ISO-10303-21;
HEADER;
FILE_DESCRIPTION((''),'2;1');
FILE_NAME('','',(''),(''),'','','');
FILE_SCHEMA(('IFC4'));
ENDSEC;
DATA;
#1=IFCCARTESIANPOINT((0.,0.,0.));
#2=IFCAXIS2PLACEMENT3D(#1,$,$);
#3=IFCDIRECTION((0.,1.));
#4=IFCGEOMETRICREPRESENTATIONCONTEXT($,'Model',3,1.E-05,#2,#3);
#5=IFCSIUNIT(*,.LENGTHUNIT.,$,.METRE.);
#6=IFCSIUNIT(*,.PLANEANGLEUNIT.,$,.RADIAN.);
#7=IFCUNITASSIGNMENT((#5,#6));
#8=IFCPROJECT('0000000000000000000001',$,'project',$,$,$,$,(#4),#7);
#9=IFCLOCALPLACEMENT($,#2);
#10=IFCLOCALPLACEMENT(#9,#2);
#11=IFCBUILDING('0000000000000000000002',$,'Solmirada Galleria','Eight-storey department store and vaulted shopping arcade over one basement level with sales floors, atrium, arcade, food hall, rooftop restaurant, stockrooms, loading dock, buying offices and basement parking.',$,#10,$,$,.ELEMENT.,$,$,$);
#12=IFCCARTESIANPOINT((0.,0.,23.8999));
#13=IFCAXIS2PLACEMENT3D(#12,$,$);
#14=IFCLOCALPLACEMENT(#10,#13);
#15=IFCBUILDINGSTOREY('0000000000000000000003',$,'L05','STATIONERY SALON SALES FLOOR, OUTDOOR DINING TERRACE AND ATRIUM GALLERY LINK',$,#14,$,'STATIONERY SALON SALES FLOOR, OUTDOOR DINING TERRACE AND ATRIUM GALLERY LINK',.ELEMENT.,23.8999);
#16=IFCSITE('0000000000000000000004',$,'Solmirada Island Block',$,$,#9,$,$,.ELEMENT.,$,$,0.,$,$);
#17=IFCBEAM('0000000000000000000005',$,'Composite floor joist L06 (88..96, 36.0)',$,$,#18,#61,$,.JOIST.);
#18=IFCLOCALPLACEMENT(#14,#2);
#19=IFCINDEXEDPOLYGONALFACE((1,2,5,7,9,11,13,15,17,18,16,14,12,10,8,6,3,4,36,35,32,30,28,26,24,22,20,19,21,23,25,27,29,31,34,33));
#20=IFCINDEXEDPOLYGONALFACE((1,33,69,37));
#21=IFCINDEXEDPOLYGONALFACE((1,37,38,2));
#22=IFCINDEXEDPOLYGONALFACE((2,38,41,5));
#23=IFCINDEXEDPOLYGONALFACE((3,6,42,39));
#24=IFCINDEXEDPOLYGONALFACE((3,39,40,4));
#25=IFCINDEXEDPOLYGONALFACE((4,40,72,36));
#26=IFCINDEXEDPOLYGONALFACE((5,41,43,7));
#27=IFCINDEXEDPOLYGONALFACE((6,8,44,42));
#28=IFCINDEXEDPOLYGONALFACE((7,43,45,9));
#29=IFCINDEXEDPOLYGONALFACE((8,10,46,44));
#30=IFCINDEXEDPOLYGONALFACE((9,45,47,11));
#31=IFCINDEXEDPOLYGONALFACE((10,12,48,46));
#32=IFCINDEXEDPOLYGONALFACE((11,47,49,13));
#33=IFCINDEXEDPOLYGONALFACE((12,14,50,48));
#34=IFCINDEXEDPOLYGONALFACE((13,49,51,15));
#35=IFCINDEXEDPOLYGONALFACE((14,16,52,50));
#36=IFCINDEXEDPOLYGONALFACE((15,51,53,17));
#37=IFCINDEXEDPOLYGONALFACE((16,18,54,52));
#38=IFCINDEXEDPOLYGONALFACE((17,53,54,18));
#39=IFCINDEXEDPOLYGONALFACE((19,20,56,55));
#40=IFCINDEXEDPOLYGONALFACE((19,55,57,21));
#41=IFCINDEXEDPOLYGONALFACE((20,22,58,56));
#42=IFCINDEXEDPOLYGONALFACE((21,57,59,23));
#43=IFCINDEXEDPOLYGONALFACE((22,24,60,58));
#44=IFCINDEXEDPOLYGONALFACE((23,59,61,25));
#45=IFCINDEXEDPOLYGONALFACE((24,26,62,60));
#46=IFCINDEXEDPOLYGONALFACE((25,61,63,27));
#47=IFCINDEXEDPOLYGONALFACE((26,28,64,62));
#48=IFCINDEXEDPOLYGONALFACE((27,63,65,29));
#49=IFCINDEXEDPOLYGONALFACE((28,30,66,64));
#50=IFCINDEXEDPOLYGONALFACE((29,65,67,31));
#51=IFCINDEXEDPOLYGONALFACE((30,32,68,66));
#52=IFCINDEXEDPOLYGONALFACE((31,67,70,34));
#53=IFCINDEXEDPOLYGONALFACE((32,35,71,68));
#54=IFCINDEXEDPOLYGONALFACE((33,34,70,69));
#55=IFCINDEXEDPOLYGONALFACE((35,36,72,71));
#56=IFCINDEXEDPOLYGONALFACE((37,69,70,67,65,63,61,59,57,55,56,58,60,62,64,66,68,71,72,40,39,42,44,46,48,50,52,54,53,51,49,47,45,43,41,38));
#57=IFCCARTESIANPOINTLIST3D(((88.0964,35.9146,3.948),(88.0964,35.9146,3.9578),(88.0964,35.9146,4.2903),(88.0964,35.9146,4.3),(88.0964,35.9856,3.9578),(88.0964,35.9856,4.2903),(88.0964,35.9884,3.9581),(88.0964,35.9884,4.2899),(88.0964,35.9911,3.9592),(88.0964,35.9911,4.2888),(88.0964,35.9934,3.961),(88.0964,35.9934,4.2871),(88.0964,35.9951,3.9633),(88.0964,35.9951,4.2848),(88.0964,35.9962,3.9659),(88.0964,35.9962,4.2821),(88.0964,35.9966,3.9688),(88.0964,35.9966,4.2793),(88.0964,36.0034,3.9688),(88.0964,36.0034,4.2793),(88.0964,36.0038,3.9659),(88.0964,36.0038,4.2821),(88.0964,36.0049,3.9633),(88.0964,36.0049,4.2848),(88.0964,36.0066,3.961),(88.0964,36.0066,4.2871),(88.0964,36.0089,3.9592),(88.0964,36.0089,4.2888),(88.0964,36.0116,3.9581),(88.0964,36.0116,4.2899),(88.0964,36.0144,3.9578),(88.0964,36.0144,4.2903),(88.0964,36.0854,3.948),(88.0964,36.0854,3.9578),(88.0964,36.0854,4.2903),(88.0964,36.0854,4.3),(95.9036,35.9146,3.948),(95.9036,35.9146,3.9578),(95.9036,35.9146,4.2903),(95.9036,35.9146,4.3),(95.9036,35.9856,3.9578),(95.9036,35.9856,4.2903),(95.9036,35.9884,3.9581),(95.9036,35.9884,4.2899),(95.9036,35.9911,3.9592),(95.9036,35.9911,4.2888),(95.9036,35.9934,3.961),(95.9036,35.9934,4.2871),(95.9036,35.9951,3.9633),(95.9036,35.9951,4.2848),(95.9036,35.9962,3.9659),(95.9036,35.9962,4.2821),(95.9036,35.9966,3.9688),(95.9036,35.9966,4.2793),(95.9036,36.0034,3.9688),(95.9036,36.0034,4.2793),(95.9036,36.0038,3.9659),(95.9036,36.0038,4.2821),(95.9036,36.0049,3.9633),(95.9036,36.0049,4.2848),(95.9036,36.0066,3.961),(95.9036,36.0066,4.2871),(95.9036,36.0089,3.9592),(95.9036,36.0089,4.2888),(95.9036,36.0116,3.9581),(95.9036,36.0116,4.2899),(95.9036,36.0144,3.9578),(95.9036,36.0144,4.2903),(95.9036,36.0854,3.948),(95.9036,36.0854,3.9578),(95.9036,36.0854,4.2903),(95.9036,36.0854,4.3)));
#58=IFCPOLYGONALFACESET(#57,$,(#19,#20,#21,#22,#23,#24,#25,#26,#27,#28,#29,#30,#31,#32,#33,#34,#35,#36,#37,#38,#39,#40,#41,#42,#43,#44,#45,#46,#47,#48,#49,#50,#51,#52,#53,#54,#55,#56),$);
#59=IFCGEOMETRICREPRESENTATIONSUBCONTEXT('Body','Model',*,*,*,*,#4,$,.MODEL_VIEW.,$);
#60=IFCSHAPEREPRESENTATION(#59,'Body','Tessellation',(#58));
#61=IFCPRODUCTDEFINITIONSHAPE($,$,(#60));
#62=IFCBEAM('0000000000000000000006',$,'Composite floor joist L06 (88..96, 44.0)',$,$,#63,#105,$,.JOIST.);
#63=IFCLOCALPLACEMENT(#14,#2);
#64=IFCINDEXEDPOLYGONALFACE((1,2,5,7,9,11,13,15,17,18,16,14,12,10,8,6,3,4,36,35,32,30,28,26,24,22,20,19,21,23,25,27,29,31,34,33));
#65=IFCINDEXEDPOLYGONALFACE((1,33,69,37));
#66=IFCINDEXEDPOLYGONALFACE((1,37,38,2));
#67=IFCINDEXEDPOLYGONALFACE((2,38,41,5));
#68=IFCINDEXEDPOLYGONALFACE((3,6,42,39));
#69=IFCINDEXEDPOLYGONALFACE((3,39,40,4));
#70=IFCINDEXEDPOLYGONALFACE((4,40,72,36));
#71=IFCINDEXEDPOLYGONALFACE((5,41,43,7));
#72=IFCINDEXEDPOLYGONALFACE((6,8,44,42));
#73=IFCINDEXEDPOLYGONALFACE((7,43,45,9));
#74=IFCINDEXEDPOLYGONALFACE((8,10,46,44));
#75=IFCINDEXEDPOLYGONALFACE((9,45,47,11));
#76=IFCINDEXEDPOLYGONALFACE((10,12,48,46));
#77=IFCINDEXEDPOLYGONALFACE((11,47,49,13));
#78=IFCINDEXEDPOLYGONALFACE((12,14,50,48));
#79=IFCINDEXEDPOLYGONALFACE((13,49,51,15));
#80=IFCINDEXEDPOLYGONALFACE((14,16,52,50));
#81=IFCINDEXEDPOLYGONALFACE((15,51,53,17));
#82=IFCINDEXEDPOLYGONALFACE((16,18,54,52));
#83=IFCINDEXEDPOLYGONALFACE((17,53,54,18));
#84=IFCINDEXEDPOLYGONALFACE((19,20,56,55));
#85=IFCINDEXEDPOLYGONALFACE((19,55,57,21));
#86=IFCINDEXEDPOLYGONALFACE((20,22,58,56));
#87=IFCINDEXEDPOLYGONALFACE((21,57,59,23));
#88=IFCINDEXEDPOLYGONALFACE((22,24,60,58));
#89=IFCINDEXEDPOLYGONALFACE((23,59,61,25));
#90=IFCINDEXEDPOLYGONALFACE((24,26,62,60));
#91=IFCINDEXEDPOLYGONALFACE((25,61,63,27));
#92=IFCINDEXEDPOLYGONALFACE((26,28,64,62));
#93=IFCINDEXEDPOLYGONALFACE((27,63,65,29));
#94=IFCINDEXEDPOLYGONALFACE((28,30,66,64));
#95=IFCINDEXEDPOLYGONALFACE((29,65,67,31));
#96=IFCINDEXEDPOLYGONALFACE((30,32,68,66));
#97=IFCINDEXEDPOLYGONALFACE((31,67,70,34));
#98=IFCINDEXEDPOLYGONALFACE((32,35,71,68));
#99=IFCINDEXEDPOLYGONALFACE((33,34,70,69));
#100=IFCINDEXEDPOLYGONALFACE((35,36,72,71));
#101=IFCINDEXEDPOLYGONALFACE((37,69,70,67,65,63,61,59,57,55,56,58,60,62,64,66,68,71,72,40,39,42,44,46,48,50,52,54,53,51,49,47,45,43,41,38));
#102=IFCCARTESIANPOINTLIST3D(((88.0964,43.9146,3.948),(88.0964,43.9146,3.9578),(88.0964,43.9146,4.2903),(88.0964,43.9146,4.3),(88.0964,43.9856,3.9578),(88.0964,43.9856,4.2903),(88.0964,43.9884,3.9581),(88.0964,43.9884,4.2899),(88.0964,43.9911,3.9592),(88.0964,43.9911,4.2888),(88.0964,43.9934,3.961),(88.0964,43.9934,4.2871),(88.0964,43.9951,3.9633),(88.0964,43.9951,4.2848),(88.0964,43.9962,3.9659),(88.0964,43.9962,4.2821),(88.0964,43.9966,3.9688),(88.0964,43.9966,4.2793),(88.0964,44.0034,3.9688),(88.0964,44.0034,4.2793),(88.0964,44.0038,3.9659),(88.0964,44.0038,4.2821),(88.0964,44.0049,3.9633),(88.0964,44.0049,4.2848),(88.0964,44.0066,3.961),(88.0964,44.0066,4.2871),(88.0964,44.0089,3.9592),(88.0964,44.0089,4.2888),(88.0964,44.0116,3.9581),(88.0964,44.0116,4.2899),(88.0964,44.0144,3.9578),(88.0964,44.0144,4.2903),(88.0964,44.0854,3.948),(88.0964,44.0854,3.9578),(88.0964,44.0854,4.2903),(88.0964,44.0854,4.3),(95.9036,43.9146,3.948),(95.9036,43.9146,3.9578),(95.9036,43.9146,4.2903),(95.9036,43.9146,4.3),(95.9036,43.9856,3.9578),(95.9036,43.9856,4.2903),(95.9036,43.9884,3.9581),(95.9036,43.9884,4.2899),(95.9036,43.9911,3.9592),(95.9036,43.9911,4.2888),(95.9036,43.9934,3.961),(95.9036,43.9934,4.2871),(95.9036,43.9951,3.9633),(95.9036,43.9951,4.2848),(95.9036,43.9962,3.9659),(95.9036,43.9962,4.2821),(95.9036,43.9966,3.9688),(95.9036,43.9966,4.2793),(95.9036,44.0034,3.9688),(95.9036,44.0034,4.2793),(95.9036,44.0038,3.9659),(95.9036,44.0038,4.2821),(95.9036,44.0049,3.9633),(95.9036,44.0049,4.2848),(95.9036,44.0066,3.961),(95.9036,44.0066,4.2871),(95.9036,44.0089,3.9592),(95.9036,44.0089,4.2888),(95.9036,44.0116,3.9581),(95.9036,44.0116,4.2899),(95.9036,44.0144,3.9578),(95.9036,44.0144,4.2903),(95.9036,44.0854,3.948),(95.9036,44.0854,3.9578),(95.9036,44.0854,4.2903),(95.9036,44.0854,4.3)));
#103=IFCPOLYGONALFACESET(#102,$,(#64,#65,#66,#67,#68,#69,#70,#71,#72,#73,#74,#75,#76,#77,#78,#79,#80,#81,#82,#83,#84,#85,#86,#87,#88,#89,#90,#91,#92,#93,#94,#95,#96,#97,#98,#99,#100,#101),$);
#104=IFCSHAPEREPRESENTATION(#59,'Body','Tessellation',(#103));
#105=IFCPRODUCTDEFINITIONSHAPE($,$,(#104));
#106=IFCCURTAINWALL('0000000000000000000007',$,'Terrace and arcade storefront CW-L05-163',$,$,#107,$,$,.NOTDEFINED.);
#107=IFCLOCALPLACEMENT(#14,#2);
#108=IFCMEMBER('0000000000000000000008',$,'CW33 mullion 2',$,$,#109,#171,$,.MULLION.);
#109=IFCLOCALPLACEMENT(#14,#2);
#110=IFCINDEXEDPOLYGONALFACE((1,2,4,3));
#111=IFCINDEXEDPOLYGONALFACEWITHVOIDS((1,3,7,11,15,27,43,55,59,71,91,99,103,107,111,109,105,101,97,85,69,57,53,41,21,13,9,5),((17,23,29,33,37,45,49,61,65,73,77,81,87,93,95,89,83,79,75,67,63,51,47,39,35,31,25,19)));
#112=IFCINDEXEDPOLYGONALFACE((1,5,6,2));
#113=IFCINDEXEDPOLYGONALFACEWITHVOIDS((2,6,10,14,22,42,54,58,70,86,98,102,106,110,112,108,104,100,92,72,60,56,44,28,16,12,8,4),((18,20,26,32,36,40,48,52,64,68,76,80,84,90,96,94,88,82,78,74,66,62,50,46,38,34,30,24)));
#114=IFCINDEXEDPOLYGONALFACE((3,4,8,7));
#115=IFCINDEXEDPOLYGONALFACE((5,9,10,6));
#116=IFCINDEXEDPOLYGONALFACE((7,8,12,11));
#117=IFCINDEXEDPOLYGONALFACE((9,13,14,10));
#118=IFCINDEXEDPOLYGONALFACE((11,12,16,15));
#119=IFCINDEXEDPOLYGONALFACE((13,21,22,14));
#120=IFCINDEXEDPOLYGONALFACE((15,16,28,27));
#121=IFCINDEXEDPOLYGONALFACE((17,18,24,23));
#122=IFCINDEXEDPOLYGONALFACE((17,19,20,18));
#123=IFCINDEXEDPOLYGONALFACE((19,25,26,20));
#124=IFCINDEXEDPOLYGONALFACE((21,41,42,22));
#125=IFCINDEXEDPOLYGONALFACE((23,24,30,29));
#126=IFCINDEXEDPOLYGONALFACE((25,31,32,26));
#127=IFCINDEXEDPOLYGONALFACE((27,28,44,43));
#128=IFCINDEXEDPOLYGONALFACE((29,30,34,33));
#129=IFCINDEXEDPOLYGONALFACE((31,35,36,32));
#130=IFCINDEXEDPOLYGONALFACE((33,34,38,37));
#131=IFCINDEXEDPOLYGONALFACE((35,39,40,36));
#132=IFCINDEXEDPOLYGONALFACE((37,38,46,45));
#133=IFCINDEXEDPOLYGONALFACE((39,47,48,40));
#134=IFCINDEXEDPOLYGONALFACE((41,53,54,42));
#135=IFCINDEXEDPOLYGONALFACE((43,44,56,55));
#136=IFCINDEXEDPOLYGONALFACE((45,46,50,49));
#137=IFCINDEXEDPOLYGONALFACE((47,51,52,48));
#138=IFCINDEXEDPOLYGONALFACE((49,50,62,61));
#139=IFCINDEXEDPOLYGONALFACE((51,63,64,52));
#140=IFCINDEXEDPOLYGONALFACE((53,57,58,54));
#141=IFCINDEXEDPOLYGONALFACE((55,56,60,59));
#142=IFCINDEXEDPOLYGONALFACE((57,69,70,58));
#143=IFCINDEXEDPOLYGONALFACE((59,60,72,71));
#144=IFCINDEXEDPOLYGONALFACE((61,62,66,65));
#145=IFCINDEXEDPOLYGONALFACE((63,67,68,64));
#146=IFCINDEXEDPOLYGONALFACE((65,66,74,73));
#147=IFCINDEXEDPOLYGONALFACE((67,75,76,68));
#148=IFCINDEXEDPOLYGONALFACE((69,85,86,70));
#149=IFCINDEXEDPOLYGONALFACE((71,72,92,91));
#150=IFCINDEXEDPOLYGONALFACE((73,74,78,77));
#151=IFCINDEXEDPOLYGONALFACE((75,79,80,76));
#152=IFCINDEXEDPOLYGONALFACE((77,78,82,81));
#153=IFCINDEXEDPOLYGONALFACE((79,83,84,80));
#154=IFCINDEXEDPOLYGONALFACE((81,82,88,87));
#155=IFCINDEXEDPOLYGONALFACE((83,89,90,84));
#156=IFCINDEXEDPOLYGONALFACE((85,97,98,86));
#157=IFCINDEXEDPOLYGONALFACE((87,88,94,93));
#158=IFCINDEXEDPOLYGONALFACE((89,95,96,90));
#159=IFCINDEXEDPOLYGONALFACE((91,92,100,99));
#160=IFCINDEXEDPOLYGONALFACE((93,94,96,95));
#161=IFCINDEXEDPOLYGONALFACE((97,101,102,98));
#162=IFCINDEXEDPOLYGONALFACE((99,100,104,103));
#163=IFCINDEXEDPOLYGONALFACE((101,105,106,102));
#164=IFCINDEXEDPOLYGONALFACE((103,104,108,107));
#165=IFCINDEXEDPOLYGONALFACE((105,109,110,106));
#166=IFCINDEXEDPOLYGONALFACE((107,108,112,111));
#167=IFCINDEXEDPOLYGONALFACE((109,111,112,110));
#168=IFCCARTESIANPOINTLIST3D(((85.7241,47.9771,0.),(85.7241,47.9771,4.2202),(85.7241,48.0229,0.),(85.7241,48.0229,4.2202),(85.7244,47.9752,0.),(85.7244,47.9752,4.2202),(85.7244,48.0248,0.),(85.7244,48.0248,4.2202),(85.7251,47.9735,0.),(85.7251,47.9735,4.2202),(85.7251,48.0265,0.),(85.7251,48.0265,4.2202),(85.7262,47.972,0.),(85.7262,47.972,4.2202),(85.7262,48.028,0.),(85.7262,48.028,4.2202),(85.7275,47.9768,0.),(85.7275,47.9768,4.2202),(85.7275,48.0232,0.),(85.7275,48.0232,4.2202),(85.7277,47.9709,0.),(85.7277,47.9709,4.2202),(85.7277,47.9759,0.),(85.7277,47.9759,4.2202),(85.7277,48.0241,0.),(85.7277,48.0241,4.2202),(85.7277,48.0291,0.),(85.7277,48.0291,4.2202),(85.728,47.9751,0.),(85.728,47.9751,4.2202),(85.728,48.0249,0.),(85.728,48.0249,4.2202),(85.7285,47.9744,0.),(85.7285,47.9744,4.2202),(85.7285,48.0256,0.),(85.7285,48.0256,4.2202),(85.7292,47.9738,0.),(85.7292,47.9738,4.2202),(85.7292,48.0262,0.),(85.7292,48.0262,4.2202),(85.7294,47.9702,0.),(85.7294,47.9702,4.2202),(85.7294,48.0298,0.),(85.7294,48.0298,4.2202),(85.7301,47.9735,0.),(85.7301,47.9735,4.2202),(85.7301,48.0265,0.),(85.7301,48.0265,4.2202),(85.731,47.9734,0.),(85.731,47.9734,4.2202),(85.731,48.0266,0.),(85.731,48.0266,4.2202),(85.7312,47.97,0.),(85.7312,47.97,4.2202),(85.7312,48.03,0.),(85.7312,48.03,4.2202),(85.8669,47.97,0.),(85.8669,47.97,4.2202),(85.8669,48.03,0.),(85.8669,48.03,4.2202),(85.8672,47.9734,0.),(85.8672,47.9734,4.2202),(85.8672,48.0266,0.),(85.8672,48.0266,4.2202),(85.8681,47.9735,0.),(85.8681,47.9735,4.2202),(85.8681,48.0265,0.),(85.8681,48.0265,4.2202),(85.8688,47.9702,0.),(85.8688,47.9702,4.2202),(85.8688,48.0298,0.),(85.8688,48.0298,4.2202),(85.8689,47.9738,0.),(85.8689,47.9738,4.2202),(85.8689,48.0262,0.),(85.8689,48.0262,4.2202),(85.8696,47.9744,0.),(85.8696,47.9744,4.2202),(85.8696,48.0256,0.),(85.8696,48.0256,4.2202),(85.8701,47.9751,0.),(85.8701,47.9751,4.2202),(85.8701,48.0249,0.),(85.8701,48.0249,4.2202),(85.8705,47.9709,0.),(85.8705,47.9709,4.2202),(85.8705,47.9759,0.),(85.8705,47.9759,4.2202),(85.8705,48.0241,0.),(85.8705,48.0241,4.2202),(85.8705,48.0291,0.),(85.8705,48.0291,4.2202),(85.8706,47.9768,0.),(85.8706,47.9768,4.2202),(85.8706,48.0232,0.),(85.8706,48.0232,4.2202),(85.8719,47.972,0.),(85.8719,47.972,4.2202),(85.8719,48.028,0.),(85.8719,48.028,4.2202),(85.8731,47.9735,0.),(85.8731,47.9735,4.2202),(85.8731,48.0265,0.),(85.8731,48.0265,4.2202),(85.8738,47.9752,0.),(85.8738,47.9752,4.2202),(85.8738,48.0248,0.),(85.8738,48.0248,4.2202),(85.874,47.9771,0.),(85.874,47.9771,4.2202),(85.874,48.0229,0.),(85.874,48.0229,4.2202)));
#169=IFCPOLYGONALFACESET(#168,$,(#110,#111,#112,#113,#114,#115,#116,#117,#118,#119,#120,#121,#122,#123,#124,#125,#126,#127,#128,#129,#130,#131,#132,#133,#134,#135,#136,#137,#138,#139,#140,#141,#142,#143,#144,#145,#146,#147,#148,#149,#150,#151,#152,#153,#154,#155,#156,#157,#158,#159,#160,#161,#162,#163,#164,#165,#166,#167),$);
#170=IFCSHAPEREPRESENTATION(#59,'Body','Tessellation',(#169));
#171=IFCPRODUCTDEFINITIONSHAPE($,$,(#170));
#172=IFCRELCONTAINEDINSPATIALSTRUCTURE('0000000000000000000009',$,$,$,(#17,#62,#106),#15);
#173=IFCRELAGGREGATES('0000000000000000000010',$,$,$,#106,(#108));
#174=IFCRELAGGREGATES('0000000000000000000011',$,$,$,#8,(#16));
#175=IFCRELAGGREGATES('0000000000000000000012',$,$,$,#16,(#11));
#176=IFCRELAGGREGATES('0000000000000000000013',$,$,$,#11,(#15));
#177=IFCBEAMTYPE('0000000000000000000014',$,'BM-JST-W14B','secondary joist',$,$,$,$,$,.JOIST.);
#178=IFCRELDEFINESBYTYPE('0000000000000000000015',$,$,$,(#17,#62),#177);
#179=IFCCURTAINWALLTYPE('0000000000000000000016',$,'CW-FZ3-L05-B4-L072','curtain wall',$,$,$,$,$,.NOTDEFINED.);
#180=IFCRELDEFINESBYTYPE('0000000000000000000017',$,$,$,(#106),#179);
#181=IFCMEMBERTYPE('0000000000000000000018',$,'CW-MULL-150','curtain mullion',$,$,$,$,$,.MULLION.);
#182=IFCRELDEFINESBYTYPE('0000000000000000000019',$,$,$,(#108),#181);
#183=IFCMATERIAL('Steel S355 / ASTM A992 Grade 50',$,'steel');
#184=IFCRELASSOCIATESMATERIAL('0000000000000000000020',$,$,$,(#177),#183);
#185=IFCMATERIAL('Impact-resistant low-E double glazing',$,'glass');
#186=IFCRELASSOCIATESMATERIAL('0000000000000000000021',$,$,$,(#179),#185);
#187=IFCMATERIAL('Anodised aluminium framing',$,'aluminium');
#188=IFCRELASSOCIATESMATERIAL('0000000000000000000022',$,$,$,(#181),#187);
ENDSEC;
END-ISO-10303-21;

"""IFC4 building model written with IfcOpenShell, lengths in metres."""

from ifc_helpers import new_model, si_unit, direction, frame, origin, origin_2d, place, context, subcontext, project, spatial, hollow_rectangle, i_section, extrude, material, material_profile, profile_set, type_object, element, aggregate, save


model = new_model("IFC4")

# Units and contexts
model_context = context("Model", 3, precision=1e-05, world=origin(), true_north=direction((0.0, 1.0)))
body_context = subcontext(model_context, "Body", "Model", "MODEL_VIEW")
ifc_project = project(units=[si_unit("LENGTHUNIT", "METRE"), si_unit("PLANEANGLEUNIT", "RADIAN")], contexts=[model_context])

# Site, building, storey
site_placement = place(None, origin())
site = spatial("IfcSite", under=ifc_project, at=site_placement, Name="Solmirada Island Block", CompositionType="ELEMENT", RefElevation=0.0)
building_placement = place(site_placement, origin())
building = spatial("IfcBuilding", under=site, at=building_placement, Name="Solmirada Galleria", Description="Eight-storey department store and vaulted shopping arcade over one basement level with sales floors, atrium, arcade, food hall, rooftop restaurant, stockrooms, loading dock, buying offices and basement parking.", CompositionType="ELEMENT")
storey_placement = place(building_placement, frame((0.0, 0.0, 23.8999)))
storey = spatial("IfcBuildingStorey", under=building, at=storey_placement, Name="L05", Description="STATIONERY SALON SALES FLOOR, OUTDOOR DINING TERRACE AND ATRIUM GALLERY LINK", LongName="STATIONERY SALON SALES FLOOR, OUTDOOR DINING TERRACE AND ATRIUM GALLERY LINK", CompositionType="ELEMENT", Elevation=23.8999)

# Beams
ifc_material_1 = material(Name="Steel S355 / ASTM A992 Grade 50", Category="steel")
ifc_material_profile_1 = material_profile(ifc_material_1, i_section(OverallWidth=0.1709, OverallDepth=0.3521, WebThickness=0.0068, FlangeThickness=0.0098, FilletRadius=0.011, at=origin_2d()), Name="W14X30")
ifc_profile_set_1 = profile_set([ifc_material_profile_1], Name="Steel S355 / ASTM A992 Grade 50")
beam_type_1 = type_object("IfcBeamType", Name="BM-JST-W14B", Description="secondary joist", PredefinedType="JOIST", material=ifc_profile_set_1)
for number, where, z_axis, x_axis, name in (
    (1, (88.0964, 36.0, 4.124), (1.0, 0.0, 0.0), (0.0, 1.0, 0.0), "Composite floor joist L06 (88..96, 36.0)"),
    (2, (88.0964, 44.0, 4.124), (1.0, 0.0, 0.0), (0.0, 1.0, 0.0), "Composite floor joist L06 (88..96, 44.0)"),
):
    element("IfcBeam", number, at=place(storey_placement, frame(where, z_axis=z_axis, x_axis=x_axis)), inside=storey, type_object=beam_type_1, Name=name, PredefinedType="JOIST", context=body_context, shape_type="SweptSolid", body=[
        extrude(i_section(OverallWidth=0.1709, OverallDepth=0.3521, WebThickness=0.0068, FlangeThickness=0.0098, FilletRadius=0.011, at=origin_2d()), origin(), (0.0, 0.0, 1.0), 7.8071),
    ])

# Curtain wall, member
ifc_material_2 = material(Name="Impact-resistant low-E double glazing", Category="glass")
curtain_wall_type = type_object("IfcCurtainWallType", Name="CW-FZ3-L05-B4-L072", Description="curtain wall", PredefinedType="NOTDEFINED", material=ifc_material_2)
curtain_wall_placement = place(storey_placement, origin())
curtain_wall = element("IfcCurtainWall", 3, at=curtain_wall_placement, inside=storey, type_object=curtain_wall_type, Name="Terrace and arcade storefront CW-L05-163", PredefinedType="NOTDEFINED")
ifc_material_3 = material(Name="Anodised aluminium framing", Category="aluminium")
ifc_material_profile_2 = material_profile(ifc_material_3, hollow_rectangle(XDim=0.0601, YDim=0.1499, WallThickness=0.0034, InnerFilletRadius=0.0034, OuterFilletRadius=0.0071, at=origin_2d()), Name="ALU-MULL-150X60")
ifc_profile_set_2 = profile_set([ifc_material_profile_2], Name="Anodised aluminium framing")
member_type_1 = type_object("IfcMemberType", Name="CW-MULL-150", Description="curtain mullion", PredefinedType="MULLION", material=ifc_profile_set_2)
member_1_placement = place(storey_placement, frame((85.7991, 48.0, 0.0), z_axis=(0.0, 0.0, 1.0), x_axis=(0.0, -1.0, 0.0)))
member_1 = element("IfcMember", 4, at=member_1_placement, type_object=member_type_1, Name="CW33 mullion 2", PredefinedType="MULLION", context=body_context, shape_type="SweptSolid", body=[
    extrude(hollow_rectangle(XDim=0.0601, YDim=0.1499, WallThickness=0.0034, InnerFilletRadius=0.0034, OuterFilletRadius=0.0071, at=origin_2d()), origin(), (0.0, 0.0, 1.0), 4.2202),
])
aggregate(curtain_wall, [member_1])

save(model, "model.ifc")
